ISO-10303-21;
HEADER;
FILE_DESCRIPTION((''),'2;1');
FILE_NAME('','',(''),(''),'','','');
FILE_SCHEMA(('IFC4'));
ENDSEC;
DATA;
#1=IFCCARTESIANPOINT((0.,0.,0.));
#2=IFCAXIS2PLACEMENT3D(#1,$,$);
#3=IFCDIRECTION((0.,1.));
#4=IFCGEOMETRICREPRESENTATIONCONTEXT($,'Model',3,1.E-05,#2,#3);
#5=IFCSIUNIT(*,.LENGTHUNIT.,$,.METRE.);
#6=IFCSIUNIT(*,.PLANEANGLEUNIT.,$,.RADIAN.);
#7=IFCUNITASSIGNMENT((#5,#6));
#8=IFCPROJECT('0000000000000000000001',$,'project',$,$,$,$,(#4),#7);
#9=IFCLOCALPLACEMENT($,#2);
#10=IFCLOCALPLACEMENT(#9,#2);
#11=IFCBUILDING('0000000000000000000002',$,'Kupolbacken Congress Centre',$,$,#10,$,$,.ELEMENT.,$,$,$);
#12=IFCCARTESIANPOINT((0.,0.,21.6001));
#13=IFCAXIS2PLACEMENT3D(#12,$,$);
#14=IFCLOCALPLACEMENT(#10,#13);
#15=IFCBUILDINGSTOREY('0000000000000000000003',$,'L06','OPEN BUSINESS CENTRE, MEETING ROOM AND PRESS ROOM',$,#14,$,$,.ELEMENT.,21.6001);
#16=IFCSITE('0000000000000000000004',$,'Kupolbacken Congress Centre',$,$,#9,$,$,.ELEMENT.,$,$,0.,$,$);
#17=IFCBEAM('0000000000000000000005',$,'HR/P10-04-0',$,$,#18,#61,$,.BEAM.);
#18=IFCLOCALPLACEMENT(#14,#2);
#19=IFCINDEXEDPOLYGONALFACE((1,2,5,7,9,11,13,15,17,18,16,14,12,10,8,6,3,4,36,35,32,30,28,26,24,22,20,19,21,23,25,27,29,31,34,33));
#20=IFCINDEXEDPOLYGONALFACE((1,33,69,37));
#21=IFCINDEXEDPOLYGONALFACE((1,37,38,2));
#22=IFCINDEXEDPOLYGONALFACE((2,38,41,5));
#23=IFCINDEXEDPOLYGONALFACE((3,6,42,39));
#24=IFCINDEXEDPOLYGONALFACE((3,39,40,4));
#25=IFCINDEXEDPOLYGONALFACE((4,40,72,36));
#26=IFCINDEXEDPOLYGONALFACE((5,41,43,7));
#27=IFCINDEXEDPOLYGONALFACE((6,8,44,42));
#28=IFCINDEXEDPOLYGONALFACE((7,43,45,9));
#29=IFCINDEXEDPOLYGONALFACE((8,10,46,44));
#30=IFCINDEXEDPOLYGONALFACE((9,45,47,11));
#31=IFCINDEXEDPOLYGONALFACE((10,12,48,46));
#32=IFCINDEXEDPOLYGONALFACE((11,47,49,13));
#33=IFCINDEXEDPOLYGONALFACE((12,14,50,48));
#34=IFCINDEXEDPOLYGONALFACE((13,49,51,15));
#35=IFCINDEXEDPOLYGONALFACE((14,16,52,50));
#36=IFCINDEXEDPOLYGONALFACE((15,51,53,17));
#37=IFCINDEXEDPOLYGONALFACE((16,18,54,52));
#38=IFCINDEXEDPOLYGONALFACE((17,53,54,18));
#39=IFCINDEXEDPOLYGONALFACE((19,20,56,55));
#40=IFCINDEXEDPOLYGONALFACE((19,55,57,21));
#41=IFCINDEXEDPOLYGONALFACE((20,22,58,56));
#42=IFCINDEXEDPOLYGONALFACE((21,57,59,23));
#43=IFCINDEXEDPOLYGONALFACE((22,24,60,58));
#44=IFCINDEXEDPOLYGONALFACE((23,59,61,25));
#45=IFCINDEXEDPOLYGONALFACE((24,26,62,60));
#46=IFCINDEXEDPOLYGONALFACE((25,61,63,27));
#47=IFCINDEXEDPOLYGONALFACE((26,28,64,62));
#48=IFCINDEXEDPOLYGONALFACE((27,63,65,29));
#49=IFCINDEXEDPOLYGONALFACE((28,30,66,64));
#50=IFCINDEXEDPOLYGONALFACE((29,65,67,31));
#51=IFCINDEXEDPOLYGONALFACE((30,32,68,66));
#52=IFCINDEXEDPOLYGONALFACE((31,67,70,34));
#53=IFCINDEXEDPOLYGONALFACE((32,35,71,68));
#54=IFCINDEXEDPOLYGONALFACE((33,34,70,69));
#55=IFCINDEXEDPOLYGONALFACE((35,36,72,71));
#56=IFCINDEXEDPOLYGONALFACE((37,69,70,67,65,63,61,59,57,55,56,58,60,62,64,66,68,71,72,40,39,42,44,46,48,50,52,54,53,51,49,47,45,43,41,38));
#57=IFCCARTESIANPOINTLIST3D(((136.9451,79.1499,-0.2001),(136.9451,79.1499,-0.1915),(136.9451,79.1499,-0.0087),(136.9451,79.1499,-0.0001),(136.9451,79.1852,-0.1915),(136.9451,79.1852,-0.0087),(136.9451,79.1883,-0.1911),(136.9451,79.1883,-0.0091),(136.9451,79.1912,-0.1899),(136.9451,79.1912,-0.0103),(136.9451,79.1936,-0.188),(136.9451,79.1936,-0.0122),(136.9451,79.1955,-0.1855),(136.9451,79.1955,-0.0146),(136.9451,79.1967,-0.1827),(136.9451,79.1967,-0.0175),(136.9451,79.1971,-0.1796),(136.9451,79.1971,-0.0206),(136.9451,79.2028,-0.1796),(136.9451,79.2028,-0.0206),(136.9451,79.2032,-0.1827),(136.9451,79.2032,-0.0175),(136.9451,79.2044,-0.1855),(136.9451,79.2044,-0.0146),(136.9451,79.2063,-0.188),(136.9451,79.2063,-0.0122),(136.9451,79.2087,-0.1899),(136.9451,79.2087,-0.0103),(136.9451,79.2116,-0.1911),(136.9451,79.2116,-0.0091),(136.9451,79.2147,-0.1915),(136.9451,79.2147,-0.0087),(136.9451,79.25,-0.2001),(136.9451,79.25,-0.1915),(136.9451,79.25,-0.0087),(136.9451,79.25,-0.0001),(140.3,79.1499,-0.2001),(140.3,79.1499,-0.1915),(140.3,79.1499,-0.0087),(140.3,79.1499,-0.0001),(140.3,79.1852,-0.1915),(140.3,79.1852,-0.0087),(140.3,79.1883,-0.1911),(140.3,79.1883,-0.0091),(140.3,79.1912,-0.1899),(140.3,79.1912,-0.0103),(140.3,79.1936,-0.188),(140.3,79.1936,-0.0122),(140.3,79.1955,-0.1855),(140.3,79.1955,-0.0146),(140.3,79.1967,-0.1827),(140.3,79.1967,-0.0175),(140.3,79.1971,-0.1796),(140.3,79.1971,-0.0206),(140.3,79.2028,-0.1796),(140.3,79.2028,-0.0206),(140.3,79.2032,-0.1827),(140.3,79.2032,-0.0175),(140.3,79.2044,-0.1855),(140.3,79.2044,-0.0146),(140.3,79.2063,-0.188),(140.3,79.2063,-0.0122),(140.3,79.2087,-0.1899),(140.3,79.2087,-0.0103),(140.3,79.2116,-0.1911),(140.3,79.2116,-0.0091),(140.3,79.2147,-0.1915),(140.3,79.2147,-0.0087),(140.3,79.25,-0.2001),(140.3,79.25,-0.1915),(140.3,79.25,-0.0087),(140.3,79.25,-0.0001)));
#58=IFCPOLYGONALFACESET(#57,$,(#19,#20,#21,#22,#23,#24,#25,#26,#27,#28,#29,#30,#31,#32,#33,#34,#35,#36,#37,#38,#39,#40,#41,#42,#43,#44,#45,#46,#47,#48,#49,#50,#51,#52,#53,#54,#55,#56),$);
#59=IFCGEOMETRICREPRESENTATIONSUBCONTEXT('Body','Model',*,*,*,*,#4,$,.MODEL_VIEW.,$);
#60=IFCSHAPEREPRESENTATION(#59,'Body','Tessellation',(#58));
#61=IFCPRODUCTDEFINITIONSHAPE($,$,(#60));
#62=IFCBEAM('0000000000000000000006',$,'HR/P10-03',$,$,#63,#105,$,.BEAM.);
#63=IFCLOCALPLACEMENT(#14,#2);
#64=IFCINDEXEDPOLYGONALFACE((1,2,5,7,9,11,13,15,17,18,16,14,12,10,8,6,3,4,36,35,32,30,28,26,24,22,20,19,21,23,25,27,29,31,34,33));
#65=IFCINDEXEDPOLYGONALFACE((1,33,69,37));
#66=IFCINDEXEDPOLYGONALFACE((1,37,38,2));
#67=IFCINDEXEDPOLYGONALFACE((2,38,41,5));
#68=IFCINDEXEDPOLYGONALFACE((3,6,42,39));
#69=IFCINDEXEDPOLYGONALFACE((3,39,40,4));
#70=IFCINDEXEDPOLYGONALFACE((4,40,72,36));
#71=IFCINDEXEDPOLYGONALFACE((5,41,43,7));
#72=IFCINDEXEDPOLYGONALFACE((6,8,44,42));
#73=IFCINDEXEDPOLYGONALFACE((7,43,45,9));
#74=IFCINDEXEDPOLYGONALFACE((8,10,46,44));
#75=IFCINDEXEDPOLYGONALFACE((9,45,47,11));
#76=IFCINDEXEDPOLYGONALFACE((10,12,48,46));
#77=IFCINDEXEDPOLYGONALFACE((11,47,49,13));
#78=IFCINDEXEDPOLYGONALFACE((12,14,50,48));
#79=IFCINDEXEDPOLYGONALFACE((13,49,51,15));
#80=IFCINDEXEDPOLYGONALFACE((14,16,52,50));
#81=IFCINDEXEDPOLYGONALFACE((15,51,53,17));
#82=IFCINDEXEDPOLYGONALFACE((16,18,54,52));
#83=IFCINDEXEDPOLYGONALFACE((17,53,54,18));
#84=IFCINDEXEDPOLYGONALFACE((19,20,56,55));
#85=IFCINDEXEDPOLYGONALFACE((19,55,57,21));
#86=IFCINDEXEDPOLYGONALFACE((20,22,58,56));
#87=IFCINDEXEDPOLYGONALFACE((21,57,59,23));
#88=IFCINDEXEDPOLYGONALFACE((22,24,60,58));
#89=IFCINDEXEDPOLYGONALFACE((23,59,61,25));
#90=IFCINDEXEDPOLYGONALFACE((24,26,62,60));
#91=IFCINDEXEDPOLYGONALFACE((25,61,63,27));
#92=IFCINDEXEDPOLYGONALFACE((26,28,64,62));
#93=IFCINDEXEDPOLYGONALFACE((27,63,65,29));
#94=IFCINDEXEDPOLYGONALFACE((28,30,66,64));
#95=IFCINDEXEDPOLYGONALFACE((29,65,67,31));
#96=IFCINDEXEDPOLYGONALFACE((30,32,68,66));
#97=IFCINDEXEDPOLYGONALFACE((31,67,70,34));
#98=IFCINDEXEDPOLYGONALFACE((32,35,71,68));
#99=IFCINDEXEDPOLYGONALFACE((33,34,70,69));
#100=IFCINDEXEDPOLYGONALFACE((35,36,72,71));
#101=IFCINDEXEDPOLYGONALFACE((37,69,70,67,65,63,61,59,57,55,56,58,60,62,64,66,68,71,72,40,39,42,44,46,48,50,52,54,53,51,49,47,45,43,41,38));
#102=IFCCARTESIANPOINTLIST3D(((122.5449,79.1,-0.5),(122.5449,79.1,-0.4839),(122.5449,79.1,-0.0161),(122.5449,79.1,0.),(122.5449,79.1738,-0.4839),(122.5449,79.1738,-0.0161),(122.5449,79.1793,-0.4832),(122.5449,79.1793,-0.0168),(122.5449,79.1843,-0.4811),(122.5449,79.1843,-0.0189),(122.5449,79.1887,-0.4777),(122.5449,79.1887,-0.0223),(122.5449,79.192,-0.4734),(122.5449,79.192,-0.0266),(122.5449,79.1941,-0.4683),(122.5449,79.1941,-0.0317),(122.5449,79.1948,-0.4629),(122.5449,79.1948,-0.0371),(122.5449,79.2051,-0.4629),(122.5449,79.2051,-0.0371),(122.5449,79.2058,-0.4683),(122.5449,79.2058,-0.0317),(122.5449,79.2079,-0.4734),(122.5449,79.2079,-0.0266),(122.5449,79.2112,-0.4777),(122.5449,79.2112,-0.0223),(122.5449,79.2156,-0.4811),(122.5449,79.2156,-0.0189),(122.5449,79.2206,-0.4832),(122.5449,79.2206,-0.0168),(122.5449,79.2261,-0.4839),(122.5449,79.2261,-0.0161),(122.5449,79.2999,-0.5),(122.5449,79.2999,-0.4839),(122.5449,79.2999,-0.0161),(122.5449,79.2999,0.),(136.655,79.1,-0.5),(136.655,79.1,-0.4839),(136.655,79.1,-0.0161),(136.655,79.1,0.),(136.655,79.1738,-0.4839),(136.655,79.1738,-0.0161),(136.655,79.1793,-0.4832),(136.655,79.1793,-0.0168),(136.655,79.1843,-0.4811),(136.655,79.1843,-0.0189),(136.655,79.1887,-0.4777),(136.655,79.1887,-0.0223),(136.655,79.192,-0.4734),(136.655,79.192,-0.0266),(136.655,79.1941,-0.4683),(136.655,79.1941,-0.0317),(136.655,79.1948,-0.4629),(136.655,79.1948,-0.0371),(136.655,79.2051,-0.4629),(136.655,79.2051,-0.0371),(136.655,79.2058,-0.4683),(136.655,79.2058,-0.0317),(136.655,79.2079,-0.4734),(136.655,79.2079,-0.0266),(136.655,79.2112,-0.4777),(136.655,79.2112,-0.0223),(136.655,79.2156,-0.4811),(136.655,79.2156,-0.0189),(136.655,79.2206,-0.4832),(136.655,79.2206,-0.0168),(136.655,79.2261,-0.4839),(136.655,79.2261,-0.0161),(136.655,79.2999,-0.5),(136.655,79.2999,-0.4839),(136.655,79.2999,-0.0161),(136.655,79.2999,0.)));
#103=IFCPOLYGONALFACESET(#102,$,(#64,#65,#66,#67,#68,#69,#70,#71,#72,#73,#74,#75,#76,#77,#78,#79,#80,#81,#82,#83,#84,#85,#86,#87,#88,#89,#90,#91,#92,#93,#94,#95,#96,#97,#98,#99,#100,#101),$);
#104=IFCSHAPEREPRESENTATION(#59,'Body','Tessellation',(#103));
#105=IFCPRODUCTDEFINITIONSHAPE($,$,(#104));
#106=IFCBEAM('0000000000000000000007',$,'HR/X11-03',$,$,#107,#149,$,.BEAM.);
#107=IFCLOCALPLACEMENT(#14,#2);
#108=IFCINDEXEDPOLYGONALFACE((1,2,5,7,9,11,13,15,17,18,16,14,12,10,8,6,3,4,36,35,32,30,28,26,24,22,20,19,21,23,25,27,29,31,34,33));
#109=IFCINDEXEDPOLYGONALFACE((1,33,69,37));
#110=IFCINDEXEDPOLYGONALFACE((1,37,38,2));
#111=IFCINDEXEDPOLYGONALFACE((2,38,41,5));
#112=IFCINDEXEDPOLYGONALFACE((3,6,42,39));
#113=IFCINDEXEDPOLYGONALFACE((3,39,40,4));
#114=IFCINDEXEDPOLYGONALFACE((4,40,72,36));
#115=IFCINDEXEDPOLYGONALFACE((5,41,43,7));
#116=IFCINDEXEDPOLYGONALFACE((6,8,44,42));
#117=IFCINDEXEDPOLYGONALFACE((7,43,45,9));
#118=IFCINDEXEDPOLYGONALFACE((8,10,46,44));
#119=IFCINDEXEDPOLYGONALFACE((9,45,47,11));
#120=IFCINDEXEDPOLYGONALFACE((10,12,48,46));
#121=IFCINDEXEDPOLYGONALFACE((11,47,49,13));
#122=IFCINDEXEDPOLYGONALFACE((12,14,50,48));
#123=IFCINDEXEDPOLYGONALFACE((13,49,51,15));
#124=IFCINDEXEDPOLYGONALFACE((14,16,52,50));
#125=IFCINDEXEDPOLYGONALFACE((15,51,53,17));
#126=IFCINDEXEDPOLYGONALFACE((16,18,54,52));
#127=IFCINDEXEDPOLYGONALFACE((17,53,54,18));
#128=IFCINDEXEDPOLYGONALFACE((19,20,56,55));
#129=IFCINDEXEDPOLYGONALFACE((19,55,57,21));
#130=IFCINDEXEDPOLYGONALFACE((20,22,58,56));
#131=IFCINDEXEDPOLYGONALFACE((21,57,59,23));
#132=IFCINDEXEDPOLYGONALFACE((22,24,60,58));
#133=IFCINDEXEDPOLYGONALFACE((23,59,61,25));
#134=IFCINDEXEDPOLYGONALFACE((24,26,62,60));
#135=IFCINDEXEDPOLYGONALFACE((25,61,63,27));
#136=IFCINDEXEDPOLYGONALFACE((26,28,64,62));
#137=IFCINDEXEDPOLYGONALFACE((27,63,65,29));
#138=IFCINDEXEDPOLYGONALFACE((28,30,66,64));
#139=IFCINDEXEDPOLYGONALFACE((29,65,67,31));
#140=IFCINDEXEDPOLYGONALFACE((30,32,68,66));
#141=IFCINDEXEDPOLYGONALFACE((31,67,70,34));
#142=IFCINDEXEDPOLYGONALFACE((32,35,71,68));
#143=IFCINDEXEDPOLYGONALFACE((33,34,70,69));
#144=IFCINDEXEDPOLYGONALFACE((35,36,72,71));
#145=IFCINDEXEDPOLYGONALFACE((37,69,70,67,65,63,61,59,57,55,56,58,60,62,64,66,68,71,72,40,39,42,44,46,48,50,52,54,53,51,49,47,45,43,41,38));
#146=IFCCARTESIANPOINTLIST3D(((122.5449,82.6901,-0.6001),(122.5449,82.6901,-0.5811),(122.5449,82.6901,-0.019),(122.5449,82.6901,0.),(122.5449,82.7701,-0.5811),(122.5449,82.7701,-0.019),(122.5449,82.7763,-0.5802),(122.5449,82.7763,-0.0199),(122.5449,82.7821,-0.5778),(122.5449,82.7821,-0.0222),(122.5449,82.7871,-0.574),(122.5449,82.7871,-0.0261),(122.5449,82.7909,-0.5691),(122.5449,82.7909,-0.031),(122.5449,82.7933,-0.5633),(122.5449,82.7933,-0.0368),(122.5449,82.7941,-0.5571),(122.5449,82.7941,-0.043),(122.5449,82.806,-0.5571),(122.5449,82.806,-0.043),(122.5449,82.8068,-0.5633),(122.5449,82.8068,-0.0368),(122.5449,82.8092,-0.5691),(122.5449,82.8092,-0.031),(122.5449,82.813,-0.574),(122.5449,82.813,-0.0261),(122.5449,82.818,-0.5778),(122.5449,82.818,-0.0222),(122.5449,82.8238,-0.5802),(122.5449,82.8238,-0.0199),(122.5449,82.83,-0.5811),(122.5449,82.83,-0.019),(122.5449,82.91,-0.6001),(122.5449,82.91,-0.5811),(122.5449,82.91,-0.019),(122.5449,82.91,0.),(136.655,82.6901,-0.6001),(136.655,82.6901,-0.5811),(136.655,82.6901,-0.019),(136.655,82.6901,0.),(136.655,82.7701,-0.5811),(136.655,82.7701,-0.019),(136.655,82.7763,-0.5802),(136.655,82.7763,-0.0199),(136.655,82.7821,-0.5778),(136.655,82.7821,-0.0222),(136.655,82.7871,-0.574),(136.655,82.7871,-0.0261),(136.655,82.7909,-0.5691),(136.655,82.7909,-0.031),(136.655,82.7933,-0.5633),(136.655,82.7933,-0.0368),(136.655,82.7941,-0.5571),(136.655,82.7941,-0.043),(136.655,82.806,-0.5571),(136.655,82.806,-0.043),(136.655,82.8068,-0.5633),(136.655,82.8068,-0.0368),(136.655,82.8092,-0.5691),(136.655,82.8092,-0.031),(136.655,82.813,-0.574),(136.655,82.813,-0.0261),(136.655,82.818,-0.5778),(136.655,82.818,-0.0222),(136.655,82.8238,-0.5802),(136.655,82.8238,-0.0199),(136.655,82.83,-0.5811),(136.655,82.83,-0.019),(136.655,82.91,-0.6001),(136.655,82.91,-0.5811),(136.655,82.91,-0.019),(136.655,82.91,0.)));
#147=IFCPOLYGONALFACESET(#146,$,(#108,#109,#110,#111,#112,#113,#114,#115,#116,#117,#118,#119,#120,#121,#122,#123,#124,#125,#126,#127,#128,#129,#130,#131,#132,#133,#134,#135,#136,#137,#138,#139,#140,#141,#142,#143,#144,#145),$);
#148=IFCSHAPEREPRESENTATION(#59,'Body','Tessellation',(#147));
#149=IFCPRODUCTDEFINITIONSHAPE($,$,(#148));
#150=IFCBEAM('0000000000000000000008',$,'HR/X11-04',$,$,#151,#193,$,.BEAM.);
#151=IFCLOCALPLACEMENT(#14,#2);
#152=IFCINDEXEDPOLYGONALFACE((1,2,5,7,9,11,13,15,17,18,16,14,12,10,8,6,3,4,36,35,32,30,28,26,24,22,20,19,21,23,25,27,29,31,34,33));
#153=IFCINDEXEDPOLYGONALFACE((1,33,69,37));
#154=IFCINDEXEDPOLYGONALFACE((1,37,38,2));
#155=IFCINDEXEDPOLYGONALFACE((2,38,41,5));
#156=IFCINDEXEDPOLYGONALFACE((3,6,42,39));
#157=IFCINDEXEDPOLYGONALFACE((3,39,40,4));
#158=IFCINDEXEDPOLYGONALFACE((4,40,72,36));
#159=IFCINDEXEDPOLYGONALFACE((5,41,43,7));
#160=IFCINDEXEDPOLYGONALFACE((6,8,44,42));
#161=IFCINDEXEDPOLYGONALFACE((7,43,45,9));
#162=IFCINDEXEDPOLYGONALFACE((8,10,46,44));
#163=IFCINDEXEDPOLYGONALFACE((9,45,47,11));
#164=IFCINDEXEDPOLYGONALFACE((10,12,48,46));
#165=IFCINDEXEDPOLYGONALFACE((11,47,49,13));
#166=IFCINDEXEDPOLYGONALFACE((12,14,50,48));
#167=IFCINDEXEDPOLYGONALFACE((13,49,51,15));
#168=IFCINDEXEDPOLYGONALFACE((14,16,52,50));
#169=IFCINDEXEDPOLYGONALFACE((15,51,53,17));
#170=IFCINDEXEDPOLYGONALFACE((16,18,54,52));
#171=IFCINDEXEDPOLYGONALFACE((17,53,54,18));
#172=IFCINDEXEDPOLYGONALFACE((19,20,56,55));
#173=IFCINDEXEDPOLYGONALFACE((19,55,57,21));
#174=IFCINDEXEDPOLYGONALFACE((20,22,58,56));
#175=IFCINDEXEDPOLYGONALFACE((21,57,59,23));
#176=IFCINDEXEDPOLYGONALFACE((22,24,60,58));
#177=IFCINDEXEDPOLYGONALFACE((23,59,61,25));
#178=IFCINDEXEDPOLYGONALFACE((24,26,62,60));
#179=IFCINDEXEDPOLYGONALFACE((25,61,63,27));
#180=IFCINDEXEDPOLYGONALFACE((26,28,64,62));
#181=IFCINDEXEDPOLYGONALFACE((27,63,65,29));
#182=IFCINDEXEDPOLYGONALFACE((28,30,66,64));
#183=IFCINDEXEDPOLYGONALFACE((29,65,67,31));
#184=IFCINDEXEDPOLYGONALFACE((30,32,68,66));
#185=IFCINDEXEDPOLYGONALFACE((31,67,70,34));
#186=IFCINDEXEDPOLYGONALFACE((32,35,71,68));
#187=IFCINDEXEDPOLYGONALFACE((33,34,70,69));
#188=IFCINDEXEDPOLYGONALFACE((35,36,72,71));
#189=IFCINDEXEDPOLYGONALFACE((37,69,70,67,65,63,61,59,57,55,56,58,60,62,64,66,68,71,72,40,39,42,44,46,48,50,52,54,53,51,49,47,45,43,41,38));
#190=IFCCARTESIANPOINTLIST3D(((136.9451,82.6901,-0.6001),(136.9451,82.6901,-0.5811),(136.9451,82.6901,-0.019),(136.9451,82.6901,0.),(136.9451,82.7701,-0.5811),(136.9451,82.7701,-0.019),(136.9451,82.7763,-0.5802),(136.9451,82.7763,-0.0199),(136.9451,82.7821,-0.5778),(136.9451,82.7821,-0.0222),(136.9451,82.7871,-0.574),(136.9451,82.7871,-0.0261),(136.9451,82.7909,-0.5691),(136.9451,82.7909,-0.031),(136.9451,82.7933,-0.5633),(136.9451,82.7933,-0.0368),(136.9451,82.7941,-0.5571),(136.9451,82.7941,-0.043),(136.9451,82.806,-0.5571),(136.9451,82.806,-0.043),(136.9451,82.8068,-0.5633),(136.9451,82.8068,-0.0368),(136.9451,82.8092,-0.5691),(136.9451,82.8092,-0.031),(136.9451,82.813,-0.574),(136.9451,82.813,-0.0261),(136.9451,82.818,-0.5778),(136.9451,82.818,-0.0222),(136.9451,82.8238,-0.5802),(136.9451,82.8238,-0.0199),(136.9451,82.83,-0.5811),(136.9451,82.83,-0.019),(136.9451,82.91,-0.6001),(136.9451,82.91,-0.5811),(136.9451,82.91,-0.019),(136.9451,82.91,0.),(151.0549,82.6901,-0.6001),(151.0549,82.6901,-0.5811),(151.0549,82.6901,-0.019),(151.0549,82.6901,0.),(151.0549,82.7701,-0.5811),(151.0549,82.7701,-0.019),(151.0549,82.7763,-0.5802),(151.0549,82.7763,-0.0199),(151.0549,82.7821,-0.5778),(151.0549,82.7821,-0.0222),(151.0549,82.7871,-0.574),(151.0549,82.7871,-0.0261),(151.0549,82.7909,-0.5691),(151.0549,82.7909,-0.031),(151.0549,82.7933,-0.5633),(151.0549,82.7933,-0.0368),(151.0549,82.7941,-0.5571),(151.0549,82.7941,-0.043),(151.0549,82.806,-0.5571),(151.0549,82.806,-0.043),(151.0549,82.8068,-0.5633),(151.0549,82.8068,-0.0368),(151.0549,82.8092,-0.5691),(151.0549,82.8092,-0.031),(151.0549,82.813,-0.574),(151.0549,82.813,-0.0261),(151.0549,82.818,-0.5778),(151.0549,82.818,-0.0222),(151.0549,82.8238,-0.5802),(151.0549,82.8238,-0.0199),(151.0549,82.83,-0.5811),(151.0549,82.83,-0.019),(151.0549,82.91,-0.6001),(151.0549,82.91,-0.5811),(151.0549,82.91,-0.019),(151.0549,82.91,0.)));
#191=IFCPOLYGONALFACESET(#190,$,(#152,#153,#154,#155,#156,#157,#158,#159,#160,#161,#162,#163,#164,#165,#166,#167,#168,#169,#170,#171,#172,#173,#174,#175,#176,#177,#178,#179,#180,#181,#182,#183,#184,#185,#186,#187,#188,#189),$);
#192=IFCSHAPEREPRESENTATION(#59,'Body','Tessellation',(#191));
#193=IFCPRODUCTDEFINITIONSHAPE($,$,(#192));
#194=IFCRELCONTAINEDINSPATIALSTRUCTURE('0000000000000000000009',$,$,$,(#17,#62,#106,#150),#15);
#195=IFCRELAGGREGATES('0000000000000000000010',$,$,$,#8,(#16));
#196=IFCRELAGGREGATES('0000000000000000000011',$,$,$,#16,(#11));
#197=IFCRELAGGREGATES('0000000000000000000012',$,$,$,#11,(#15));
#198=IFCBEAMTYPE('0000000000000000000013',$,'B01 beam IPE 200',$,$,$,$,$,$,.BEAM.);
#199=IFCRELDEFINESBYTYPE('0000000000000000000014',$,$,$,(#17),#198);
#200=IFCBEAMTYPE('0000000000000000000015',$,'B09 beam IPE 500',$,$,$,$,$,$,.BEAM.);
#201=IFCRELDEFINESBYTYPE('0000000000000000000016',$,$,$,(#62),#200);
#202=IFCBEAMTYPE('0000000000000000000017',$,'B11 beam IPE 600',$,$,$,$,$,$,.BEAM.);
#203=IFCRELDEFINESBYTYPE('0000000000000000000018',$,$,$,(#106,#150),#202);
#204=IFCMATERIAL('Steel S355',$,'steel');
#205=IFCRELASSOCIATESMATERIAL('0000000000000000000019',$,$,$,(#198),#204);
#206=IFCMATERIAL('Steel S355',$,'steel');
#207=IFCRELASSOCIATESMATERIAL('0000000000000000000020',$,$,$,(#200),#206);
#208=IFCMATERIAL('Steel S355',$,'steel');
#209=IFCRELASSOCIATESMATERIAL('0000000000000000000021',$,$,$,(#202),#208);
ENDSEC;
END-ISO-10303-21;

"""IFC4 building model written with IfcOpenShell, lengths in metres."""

from ifc_helpers import new_model, si_unit, direction, frame, origin, origin_2d, place, context, subcontext, project, spatial, i_section, extrude, material, material_profile, profile_set, type_object, element, save


model = new_model("IFC4")

# Units and contexts
model_context = context("Model", 3, precision=1e-05, world=origin(), true_north=direction((0.0, 1.0)))
body_context = subcontext(model_context, "Body", "Model", "MODEL_VIEW")
ifc_project = project(units=[si_unit("LENGTHUNIT", "METRE"), si_unit("PLANEANGLEUNIT", "RADIAN")], contexts=[model_context])

# Site, building, storey
site_placement = place(None, origin())
site = spatial("IfcSite", under=ifc_project, at=site_placement, Name="Kupolbacken Congress Centre", CompositionType="ELEMENT", RefElevation=0.0)
building_placement = place(site_placement, origin())
building = spatial("IfcBuilding", under=site, at=building_placement, Name="Kupolbacken Congress Centre", CompositionType="ELEMENT")
storey_placement = place(building_placement, frame((0.0, 0.0, 21.6001)))
storey = spatial("IfcBuildingStorey", under=building, at=storey_placement, Name="L06", Description="OPEN BUSINESS CENTRE, MEETING ROOM AND PRESS ROOM", CompositionType="ELEMENT", Elevation=21.6001)

# Beams
ifc_material_1 = material(Name="Steel S355", Category="steel")
ifc_material_profile_1 = material_profile(ifc_material_1, i_section(OverallWidth=0.1001, OverallDepth=0.2, WebThickness=0.0056, FlangeThickness=0.0085, FilletRadius=0.012, at=origin_2d()), Name="IPE 200")
ifc_profile_set_1 = profile_set([ifc_material_profile_1], Name="Steel S355")
beam_type_1 = type_object("IfcBeamType", Name="B01 beam IPE 200", PredefinedType="BEAM", material=ifc_profile_set_1)
beam_1_placement = place(storey_placement, frame((136.9451, 79.2, -0.1001), z_axis=(1.0, 0.0, 0.0), x_axis=(0.0, 1.0, 0.0)))
element("IfcBeam", 1, at=beam_1_placement, inside=storey, type_object=beam_type_1, Name="HR/P10-04-0", PredefinedType="BEAM", context=body_context, shape_type="SweptSolid", body=[
    extrude(i_section(OverallWidth=0.1001, OverallDepth=0.2, WebThickness=0.0056, FlangeThickness=0.0085, FilletRadius=0.012, at=origin_2d()), origin(), (0.0, 0.0, 1.0), 3.355),
])
ifc_material_2 = material(Name="Steel S355", Category="steel")
ifc_material_profile_2 = material_profile(ifc_material_2, i_section(OverallWidth=0.2, OverallDepth=0.5, WebThickness=0.0103, FlangeThickness=0.0161, FilletRadius=0.021, at=origin_2d()), Name="IPE 500")
ifc_profile_set_2 = profile_set([ifc_material_profile_2], Name="Steel S355")
beam_type_2 = type_object("IfcBeamType", Name="B09 beam IPE 500", PredefinedType="BEAM", material=ifc_profile_set_2)
beam_2_placement = place(storey_placement, frame((122.5449, 79.2, -0.25), z_axis=(1.0, 0.0, 0.0), x_axis=(0.0, 1.0, 0.0)))
element("IfcBeam", 2, at=beam_2_placement, inside=storey, type_object=beam_type_2, Name="HR/P10-03", PredefinedType="BEAM", context=body_context, shape_type="SweptSolid", body=[
    extrude(i_section(OverallWidth=0.2, OverallDepth=0.5, WebThickness=0.0103, FlangeThickness=0.0161, FilletRadius=0.021, at=origin_2d()), origin(), (0.0, 0.0, 1.0), 14.1101),
])
ifc_material_3 = material(Name="Steel S355", Category="steel")
ifc_material_profile_3 = material_profile(ifc_material_3, i_section(OverallWidth=0.22, OverallDepth=0.6001, WebThickness=0.012, FlangeThickness=0.019, FilletRadius=0.0239, at=origin_2d()), Name="IPE 600")
ifc_profile_set_3 = profile_set([ifc_material_profile_3], Name="Steel S355")
beam_type_3 = type_object("IfcBeamType", Name="B11 beam IPE 600", PredefinedType="BEAM", material=ifc_profile_set_3)
beam_3_placement = place(storey_placement, frame((122.5449, 82.8, -0.3), z_axis=(1.0, 0.0, 0.0), x_axis=(0.0, 1.0, 0.0)))
element("IfcBeam", 3, at=beam_3_placement, inside=storey, type_object=beam_type_3, Name="HR/X11-03", PredefinedType="BEAM", context=body_context, shape_type="SweptSolid", body=[
    extrude(i_section(OverallWidth=0.22, OverallDepth=0.6001, WebThickness=0.012, FlangeThickness=0.019, FilletRadius=0.0239, at=origin_2d()), origin(), (0.0, 0.0, 1.0), 14.1101),
])
beam_4_placement = place(storey_placement, frame((136.9451, 82.8, -0.3), z_axis=(1.0, 0.0, 0.0), x_axis=(0.0, 1.0, 0.0)))
element("IfcBeam", 4, at=beam_4_placement, inside=storey, type_object=beam_type_3, Name="HR/X11-04", PredefinedType="BEAM", context=body_context, shape_type="SweptSolid", body=[
    extrude(i_section(OverallWidth=0.22, OverallDepth=0.6001, WebThickness=0.012, FlangeThickness=0.019, FilletRadius=0.0239, at=origin_2d()), origin(), (0.0, 0.0, 1.0), 14.1099),
])

save(model, "model.ifc")
